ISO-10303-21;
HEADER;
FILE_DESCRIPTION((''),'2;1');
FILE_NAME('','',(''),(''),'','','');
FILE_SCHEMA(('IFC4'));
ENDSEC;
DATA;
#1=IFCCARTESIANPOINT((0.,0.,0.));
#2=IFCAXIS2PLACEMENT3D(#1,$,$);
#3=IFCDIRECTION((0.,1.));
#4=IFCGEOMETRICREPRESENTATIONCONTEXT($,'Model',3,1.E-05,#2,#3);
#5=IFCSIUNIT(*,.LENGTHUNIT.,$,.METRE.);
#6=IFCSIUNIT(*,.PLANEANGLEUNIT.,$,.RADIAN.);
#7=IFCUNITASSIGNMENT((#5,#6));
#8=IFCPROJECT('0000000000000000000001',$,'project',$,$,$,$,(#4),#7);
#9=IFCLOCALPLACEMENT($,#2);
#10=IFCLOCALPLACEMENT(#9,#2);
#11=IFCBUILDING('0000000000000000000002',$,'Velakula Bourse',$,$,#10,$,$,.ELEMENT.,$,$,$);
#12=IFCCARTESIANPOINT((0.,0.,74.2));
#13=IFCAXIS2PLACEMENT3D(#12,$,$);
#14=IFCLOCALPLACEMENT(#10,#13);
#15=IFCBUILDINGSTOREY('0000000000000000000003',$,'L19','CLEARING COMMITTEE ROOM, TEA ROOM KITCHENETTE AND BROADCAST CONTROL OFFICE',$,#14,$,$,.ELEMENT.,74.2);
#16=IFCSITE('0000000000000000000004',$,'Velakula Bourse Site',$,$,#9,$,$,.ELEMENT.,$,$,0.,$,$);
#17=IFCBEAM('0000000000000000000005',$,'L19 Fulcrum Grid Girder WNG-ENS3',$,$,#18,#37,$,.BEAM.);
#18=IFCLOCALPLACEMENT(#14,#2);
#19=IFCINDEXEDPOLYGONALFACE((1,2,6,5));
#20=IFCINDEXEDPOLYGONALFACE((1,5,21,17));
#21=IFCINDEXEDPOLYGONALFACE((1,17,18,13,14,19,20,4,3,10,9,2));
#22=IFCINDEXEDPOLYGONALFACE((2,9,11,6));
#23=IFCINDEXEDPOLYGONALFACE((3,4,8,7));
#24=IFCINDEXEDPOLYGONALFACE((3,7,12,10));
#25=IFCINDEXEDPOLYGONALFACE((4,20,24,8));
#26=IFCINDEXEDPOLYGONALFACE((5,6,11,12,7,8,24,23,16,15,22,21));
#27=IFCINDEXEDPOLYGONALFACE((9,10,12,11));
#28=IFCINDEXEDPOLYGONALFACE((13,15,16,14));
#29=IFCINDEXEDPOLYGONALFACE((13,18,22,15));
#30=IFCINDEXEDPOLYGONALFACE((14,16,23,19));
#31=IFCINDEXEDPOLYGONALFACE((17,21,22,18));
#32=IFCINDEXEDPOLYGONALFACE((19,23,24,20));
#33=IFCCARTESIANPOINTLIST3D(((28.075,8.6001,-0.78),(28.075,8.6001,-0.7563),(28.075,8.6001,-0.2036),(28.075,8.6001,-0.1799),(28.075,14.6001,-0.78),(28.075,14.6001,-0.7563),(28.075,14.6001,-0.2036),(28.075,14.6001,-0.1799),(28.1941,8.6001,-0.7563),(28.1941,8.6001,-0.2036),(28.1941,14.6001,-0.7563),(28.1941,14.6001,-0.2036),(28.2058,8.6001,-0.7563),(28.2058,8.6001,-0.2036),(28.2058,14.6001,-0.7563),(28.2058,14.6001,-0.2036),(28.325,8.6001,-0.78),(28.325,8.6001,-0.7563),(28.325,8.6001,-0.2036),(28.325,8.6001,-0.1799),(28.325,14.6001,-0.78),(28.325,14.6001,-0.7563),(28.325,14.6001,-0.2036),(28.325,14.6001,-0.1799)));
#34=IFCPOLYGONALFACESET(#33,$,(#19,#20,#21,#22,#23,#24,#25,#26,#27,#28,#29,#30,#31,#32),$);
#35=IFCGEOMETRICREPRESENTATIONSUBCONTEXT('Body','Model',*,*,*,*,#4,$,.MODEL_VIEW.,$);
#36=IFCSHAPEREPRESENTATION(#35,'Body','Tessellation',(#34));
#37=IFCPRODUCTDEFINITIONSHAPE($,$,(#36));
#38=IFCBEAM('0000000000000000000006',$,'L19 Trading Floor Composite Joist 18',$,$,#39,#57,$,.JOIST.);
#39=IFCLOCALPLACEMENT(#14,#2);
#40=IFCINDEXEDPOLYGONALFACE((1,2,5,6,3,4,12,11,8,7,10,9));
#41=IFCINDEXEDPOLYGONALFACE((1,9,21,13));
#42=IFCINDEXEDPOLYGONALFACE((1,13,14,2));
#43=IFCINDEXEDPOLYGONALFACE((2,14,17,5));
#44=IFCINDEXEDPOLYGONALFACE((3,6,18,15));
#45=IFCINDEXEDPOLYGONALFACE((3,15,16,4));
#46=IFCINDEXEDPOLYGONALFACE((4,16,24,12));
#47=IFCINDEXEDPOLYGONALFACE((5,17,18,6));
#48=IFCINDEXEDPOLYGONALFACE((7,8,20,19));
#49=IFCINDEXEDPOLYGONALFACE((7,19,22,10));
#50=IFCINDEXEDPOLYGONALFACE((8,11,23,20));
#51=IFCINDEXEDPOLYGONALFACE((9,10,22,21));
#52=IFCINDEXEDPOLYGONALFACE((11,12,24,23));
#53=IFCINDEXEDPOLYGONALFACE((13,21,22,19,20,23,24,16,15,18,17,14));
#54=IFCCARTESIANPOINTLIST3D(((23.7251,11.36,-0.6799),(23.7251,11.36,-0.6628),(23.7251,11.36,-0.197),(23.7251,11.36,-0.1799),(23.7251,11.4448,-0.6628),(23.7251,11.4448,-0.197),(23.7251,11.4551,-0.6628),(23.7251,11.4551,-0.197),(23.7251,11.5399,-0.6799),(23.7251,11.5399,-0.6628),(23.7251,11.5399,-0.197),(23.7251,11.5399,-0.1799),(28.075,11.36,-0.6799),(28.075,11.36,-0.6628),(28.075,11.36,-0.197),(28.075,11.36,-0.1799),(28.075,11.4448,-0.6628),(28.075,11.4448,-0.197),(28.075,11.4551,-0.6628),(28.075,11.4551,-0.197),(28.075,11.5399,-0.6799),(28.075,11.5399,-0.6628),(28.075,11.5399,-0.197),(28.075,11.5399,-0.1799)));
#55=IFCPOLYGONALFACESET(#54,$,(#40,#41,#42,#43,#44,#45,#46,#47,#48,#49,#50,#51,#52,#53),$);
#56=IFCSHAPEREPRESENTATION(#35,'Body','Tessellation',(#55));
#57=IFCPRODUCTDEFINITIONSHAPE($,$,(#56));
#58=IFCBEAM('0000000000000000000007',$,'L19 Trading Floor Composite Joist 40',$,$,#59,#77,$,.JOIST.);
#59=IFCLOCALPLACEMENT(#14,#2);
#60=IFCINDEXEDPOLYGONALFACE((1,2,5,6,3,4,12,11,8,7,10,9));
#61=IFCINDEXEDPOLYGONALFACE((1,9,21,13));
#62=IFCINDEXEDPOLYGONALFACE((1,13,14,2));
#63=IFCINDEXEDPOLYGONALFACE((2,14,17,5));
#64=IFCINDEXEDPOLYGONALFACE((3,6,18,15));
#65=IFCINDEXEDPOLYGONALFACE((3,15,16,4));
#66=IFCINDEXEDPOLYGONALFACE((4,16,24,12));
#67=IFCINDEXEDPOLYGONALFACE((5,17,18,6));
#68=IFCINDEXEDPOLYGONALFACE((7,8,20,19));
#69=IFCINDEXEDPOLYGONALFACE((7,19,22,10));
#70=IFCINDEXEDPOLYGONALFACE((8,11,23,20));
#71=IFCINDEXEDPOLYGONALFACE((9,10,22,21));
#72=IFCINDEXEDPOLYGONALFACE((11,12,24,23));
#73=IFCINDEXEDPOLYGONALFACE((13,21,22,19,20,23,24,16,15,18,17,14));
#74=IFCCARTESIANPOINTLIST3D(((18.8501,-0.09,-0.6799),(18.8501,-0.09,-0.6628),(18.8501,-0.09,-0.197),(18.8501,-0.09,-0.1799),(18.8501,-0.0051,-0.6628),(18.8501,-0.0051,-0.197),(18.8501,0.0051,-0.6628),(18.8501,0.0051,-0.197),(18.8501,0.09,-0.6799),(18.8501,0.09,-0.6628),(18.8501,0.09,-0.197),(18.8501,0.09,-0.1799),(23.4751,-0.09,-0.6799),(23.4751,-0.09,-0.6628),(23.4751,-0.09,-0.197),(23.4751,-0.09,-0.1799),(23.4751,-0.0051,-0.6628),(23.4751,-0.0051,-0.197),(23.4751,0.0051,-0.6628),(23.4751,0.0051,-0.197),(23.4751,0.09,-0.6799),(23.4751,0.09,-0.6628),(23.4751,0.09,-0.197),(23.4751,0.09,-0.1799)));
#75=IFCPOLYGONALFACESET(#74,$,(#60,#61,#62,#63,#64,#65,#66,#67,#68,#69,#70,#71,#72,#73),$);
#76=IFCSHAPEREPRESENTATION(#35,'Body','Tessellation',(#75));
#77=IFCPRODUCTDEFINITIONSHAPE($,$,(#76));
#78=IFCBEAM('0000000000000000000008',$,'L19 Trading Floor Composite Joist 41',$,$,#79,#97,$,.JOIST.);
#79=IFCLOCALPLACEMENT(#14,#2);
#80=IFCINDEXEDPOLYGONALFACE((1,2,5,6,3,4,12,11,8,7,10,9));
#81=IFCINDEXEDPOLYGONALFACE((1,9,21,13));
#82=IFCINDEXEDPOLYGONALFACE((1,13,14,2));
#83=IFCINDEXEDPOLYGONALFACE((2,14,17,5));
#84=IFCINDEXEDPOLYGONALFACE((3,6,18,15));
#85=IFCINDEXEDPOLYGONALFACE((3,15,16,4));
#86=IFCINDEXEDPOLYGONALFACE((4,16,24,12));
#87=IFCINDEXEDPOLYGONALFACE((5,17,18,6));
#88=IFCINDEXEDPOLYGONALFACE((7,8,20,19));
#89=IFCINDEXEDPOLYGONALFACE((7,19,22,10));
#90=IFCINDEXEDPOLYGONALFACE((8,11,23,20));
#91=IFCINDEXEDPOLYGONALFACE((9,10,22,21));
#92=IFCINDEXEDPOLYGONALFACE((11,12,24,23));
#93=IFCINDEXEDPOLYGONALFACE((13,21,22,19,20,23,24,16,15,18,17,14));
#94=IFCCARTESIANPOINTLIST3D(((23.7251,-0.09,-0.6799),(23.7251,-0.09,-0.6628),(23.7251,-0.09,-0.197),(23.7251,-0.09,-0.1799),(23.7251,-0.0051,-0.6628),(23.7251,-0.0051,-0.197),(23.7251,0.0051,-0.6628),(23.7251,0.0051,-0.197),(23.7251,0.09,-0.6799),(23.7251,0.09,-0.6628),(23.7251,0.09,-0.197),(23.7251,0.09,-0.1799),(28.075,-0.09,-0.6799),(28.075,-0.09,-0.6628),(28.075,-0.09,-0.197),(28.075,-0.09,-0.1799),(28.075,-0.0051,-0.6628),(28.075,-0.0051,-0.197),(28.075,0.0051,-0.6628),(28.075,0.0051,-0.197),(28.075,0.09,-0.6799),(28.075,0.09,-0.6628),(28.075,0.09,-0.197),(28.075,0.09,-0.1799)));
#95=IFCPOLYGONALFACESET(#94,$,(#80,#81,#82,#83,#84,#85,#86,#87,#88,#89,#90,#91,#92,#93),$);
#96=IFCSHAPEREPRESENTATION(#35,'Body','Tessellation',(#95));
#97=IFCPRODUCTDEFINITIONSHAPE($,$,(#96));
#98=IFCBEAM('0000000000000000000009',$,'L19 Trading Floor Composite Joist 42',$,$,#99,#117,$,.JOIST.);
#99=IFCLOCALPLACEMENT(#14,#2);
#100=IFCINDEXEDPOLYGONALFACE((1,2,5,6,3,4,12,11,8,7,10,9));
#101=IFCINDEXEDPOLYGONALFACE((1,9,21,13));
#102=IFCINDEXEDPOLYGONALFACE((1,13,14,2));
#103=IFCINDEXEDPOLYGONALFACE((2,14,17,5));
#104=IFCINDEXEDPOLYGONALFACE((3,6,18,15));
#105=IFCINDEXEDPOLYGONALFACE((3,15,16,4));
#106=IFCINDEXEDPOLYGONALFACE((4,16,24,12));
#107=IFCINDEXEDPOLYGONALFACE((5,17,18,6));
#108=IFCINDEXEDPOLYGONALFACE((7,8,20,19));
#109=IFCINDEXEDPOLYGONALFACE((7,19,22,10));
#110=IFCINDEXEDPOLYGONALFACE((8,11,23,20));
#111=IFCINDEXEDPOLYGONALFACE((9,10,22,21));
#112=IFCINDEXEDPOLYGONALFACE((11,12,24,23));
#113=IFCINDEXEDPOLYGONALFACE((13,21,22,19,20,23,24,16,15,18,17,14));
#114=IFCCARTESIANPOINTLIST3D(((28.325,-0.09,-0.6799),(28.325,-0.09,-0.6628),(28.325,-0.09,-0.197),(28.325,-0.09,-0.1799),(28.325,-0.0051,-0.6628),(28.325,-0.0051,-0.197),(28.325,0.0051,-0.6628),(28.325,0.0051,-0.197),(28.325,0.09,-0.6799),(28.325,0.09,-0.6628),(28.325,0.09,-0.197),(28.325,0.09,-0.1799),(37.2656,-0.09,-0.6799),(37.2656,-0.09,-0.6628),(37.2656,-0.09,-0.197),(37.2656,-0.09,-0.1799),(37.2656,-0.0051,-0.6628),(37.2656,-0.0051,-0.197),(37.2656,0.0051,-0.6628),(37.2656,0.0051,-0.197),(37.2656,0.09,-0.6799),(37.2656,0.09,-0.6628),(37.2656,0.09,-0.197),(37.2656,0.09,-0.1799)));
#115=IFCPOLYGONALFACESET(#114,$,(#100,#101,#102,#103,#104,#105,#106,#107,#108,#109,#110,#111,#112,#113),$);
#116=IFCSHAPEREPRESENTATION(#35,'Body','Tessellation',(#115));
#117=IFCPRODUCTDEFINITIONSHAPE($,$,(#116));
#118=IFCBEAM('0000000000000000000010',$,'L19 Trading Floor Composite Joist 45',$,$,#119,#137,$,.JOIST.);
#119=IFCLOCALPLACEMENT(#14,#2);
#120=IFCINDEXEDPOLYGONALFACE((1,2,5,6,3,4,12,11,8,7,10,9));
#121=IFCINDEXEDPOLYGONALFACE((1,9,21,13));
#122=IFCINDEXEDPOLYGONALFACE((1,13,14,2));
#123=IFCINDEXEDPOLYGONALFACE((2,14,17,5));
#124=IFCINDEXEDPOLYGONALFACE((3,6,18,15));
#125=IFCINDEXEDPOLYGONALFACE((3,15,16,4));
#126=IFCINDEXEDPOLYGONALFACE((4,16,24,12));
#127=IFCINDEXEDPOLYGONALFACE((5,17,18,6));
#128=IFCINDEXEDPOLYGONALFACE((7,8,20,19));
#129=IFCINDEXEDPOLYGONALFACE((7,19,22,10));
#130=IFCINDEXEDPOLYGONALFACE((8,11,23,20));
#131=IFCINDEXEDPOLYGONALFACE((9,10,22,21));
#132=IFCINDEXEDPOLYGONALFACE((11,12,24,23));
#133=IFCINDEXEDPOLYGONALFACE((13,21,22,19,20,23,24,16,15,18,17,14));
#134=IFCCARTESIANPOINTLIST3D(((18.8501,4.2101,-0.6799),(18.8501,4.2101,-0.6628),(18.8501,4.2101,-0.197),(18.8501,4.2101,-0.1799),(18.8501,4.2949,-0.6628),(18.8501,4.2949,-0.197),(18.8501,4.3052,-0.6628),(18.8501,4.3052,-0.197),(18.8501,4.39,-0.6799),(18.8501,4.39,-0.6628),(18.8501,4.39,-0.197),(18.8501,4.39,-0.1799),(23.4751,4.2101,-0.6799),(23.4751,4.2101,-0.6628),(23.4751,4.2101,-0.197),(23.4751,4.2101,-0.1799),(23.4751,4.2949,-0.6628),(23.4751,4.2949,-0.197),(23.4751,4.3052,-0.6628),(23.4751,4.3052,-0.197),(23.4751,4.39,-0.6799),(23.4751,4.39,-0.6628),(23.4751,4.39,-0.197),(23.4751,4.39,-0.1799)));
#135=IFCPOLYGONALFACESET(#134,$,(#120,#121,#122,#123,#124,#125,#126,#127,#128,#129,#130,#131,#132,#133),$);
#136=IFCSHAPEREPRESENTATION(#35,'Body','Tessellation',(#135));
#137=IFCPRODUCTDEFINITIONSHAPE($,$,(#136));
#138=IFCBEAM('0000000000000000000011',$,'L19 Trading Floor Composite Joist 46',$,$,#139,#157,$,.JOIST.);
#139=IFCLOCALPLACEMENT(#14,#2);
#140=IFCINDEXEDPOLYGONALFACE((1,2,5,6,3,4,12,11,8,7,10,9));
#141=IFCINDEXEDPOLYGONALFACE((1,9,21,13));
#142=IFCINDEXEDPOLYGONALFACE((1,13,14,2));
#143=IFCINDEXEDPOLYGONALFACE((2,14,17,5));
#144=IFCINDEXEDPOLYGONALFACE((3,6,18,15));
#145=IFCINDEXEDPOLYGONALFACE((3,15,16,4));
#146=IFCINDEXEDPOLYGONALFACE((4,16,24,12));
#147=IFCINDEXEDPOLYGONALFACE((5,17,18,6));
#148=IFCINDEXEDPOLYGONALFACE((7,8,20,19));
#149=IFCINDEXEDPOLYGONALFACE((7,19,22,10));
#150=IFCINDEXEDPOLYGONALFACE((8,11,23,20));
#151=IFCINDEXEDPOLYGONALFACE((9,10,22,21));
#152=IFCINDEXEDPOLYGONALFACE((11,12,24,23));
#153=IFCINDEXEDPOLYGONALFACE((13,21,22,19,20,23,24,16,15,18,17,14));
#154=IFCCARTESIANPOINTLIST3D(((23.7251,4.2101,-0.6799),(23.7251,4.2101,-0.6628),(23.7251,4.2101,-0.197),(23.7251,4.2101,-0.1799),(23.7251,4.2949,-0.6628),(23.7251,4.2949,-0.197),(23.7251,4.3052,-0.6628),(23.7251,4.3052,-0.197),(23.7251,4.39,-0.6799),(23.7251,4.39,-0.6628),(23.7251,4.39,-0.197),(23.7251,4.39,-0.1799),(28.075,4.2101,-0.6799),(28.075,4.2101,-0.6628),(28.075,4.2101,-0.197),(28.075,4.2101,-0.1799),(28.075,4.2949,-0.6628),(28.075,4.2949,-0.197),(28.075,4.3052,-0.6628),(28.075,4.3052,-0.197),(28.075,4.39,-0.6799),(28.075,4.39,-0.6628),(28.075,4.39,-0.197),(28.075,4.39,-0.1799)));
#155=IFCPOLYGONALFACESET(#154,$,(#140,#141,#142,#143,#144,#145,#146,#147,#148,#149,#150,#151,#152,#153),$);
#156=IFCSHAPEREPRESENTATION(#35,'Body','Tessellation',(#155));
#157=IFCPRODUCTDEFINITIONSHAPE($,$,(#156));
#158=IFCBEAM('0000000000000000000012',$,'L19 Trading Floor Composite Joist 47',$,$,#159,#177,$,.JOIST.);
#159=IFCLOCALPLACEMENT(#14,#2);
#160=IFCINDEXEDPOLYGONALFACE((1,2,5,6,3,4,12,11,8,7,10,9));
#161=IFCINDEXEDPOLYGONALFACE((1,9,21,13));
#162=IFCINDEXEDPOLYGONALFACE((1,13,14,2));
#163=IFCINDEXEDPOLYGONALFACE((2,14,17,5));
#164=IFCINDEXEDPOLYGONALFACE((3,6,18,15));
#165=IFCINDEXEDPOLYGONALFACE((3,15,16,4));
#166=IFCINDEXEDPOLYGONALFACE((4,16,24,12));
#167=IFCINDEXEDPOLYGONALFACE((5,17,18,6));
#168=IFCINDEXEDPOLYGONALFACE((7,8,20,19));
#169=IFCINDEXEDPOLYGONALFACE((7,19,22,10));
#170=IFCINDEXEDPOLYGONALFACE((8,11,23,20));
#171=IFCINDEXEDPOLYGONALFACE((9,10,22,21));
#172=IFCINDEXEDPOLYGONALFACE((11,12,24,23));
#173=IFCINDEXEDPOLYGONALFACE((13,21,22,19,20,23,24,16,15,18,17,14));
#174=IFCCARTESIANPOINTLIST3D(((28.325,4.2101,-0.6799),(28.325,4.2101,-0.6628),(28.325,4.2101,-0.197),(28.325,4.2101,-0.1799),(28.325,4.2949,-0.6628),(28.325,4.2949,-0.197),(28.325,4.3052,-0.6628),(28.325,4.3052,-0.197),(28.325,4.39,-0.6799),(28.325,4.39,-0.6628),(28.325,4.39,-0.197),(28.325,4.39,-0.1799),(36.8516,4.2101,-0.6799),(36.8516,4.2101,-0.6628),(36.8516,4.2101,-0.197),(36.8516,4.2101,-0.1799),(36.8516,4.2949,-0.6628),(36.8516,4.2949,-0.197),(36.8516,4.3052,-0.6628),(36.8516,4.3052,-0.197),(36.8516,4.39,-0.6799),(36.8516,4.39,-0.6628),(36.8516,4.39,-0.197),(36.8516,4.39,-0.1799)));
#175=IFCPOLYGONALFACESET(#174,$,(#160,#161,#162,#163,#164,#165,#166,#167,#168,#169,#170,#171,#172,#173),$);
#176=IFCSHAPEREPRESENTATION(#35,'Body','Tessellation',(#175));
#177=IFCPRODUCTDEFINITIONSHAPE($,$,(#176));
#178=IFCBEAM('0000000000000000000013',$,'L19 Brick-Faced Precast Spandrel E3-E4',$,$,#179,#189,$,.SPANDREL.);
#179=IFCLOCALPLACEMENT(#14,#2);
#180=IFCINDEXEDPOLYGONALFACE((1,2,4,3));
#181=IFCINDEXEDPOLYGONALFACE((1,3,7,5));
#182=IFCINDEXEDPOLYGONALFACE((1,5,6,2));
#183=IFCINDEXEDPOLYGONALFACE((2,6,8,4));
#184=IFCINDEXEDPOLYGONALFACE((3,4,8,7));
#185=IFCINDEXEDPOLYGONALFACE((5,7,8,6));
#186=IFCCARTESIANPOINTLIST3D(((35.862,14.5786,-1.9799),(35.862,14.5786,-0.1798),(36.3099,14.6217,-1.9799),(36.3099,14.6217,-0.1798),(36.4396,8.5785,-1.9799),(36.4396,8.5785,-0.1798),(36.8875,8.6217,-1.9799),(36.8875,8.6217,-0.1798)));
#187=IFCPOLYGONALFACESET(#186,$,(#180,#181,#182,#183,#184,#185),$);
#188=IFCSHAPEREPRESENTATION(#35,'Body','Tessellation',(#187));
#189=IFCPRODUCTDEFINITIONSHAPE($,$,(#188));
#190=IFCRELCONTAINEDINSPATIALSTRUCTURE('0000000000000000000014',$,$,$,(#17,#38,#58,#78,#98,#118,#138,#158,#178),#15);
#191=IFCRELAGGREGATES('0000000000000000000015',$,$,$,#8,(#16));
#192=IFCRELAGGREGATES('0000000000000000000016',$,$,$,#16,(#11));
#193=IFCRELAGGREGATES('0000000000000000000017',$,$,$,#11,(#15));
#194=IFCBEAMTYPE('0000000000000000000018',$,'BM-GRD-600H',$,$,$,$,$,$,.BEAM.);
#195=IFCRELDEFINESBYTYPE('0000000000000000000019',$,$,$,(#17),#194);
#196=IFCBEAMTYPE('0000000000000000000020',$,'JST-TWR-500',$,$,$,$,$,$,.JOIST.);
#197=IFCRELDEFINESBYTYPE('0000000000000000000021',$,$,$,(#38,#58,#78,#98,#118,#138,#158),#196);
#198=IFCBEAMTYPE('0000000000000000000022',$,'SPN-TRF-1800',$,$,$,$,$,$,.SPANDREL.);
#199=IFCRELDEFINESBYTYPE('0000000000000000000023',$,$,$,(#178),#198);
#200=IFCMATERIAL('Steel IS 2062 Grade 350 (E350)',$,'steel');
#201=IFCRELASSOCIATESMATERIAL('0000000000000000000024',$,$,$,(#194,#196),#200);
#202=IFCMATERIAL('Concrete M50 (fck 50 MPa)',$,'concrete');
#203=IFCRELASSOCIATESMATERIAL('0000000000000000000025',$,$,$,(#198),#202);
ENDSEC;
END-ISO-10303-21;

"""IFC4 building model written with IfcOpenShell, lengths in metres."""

from ifc_helpers import new_model, si_unit, direction, frame, origin, origin_2d, place, context, subcontext, project, spatial, rectangle, i_section, extrude, material, material_profile, profile_set, type_object, element, save


model = new_model("IFC4")

# Units and contexts
model_context = context("Model", 3, precision=1e-05, world=origin(), true_north=direction((0.0, 1.0)))
body_context = subcontext(model_context, "Body", "Model", "MODEL_VIEW")
ifc_project = project(units=[si_unit("LENGTHUNIT", "METRE"), si_unit("PLANEANGLEUNIT", "RADIAN")], contexts=[model_context])

# Site, building, storey
site_placement = place(None, origin())
site = spatial("IfcSite", under=ifc_project, at=site_placement, Name="Velakula Bourse Site", CompositionType="ELEMENT", RefElevation=0.0)
building_placement = place(site_placement, origin())
building = spatial("IfcBuilding", under=site, at=building_placement, Name="Velakula Bourse", CompositionType="ELEMENT")
storey_placement = place(building_placement, frame((0.0, 0.0, 74.2)))
storey = spatial("IfcBuildingStorey", under=building, at=storey_placement, Name="L19", Description="CLEARING COMMITTEE ROOM, TEA ROOM KITCHENETTE AND BROADCAST CONTROL OFFICE", CompositionType="ELEMENT", Elevation=74.2)

# Beams
ifc_material_1 = material(Name="Steel IS 2062 Grade 350 (E350)", Category="steel")
ifc_material_profile_1 = material_profile(ifc_material_1, i_section(OverallWidth=0.25, OverallDepth=0.6001, WebThickness=0.0117, FlangeThickness=0.0237, at=origin_2d()), Name="Steel IS 2062 Grade 350 (E350)")
ifc_profile_set_1 = profile_set([ifc_material_profile_1], Name="Steel IS 2062 Grade 350 (E350)")
beam_type_1 = type_object("IfcBeamType", Name="BM-GRD-600H", PredefinedType="BEAM", material=ifc_profile_set_1)
beam_1_placement = place(storey_placement, frame((28.2, 8.6001, -0.48), z_axis=(0.0, 1.0, 0.0), x_axis=(-1.0, 0.0, 0.0)))
element("IfcBeam", 1, at=beam_1_placement, inside=storey, type_object=beam_type_1, Name="L19 Fulcrum Grid Girder WNG-ENS3", PredefinedType="BEAM", context=body_context, shape_type="SweptSolid", body=[
    extrude(i_section(OverallWidth=0.25, OverallDepth=0.6001, WebThickness=0.0117, FlangeThickness=0.0237, at=origin_2d()), origin(), (0.0, 0.0, 1.0), 6.0),
])
ifc_material_profile_2 = material_profile(ifc_material_1, i_section(OverallWidth=0.1799, OverallDepth=0.5, WebThickness=0.0103, FlangeThickness=0.0171, at=origin_2d()), Name="Steel IS 2062 Grade 350 (E350)")
ifc_profile_set_2 = profile_set([ifc_material_profile_2], Name="Steel IS 2062 Grade 350 (E350)")
beam_type_2 = type_object("IfcBeamType", Name="JST-TWR-500", PredefinedType="JOIST", material=ifc_profile_set_2)
beam_2_placement = place(storey_placement, frame((23.7251, 11.45, -0.4299), z_axis=(1.0, 0.0, 0.0), x_axis=(0.0, 1.0, 0.0)))
element("IfcBeam", 2, at=beam_2_placement, inside=storey, type_object=beam_type_2, Name="L19 Trading Floor Composite Joist 18", PredefinedType="JOIST", context=body_context, shape_type="SweptSolid", body=[
    extrude(i_section(OverallWidth=0.1799, OverallDepth=0.5, WebThickness=0.0103, FlangeThickness=0.0171, at=origin_2d()), origin(), (0.0, 0.0, 1.0), 4.3499),
])
beam_3_placement = place(storey_placement, frame((18.8501, 0.0, -0.4299), z_axis=(1.0, 0.0, 0.0), x_axis=(0.0, 1.0, 0.0)))
element("IfcBeam", 3, at=beam_3_placement, inside=storey, type_object=beam_type_2, Name="L19 Trading Floor Composite Joist 40", PredefinedType="JOIST", context=body_context, shape_type="SweptSolid", body=[
    extrude(i_section(OverallWidth=0.1799, OverallDepth=0.5, WebThickness=0.0103, FlangeThickness=0.0171, at=origin_2d()), origin(), (0.0, 0.0, 1.0), 4.625),
])
beam_4_placement = place(storey_placement, frame((23.7251, 0.0, -0.4299), z_axis=(1.0, 0.0, 0.0), x_axis=(0.0, 1.0, 0.0)))
element("IfcBeam", 4, at=beam_4_placement, inside=storey, type_object=beam_type_2, Name="L19 Trading Floor Composite Joist 41", PredefinedType="JOIST", context=body_context, shape_type="SweptSolid", body=[
    extrude(i_section(OverallWidth=0.1799, OverallDepth=0.5, WebThickness=0.0103, FlangeThickness=0.0171, at=origin_2d()), origin(), (0.0, 0.0, 1.0), 4.3499),
])
beam_5_placement = place(storey_placement, frame((28.325, 0.0, -0.4299), z_axis=(1.0, 0.0, 0.0), x_axis=(0.0, 1.0, 0.0)))
element("IfcBeam", 5, at=beam_5_placement, inside=storey, type_object=beam_type_2, Name="L19 Trading Floor Composite Joist 42", PredefinedType="JOIST", context=body_context, shape_type="SweptSolid", body=[
    extrude(i_section(OverallWidth=0.1799, OverallDepth=0.5, WebThickness=0.0103, FlangeThickness=0.0171, at=origin_2d()), origin(), (0.0, 0.0, 1.0), 8.9407),
])
beam_6_placement = place(storey_placement, frame((18.8501, 4.3, -0.4299), z_axis=(1.0, 0.0, 0.0), x_axis=(0.0, 1.0, 0.0)))
element("IfcBeam", 6, at=beam_6_placement, inside=storey, type_object=beam_type_2, Name="L19 Trading Floor Composite Joist 45", PredefinedType="JOIST", context=body_context, shape_type="SweptSolid", body=[
    extrude(i_section(OverallWidth=0.1799, OverallDepth=0.5, WebThickness=0.0103, FlangeThickness=0.0171, at=origin_2d()), origin(), (0.0, 0.0, 1.0), 4.625),
])
beam_7_placement = place(storey_placement, frame((23.7251, 4.3, -0.4299), z_axis=(1.0, 0.0, 0.0), x_axis=(0.0, 1.0, 0.0)))
element("IfcBeam", 7, at=beam_7_placement, inside=storey, type_object=beam_type_2, Name="L19 Trading Floor Composite Joist 46", PredefinedType="JOIST", context=body_context, shape_type="SweptSolid", body=[
    extrude(i_section(OverallWidth=0.1799, OverallDepth=0.5, WebThickness=0.0103, FlangeThickness=0.0171, at=origin_2d()), origin(), (0.0, 0.0, 1.0), 4.3499),
])
beam_8_placement = place(storey_placement, frame((28.325, 4.3, -0.4299), z_axis=(1.0, 0.0, 0.0), x_axis=(0.0, 1.0, 0.0)))
element("IfcBeam", 8, at=beam_8_placement, inside=storey, type_object=beam_type_2, Name="L19 Trading Floor Composite Joist 47", PredefinedType="JOIST", context=body_context, shape_type="SweptSolid", body=[
    extrude(i_section(OverallWidth=0.1799, OverallDepth=0.5, WebThickness=0.0103, FlangeThickness=0.0171, at=origin_2d()), origin(), (0.0, 0.0, 1.0), 8.5266),
])
ifc_material_2 = material(Name="Concrete M50 (fck 50 MPa)", Category="concrete")
ifc_material_profile_3 = material_profile(ifc_material_2, rectangle(XDim=0.45, YDim=1.8, at=origin_2d()), Name="Concrete M50 (fck 50 MPa)")
ifc_profile_set_3 = profile_set([ifc_material_profile_3], Name="Concrete M50 (fck 50 MPa)")
beam_type_3 = type_object("IfcBeamType", Name="SPN-TRF-1800", PredefinedType="SPANDREL", material=ifc_profile_set_3)
beam_9_placement = place(storey_placement, frame((36.6636, 8.6001, -1.0798), z_axis=(-0.09583, 0.995398, 0.0), x_axis=(-0.995398, -0.09583, 0.0)))
element("IfcBeam", 9, at=beam_9_placement, inside=storey, type_object=beam_type_3, Name="L19 Brick-Faced Precast Spandrel E3-E4", PredefinedType="SPANDREL", context=body_context, shape_type="SweptSolid", body=[
    extrude(rectangle(XDim=0.45, YDim=1.8, at=origin_2d()), origin(), (0.0, 0.0, 1.0), 6.0278),
])

save(model, "model.ifc")
